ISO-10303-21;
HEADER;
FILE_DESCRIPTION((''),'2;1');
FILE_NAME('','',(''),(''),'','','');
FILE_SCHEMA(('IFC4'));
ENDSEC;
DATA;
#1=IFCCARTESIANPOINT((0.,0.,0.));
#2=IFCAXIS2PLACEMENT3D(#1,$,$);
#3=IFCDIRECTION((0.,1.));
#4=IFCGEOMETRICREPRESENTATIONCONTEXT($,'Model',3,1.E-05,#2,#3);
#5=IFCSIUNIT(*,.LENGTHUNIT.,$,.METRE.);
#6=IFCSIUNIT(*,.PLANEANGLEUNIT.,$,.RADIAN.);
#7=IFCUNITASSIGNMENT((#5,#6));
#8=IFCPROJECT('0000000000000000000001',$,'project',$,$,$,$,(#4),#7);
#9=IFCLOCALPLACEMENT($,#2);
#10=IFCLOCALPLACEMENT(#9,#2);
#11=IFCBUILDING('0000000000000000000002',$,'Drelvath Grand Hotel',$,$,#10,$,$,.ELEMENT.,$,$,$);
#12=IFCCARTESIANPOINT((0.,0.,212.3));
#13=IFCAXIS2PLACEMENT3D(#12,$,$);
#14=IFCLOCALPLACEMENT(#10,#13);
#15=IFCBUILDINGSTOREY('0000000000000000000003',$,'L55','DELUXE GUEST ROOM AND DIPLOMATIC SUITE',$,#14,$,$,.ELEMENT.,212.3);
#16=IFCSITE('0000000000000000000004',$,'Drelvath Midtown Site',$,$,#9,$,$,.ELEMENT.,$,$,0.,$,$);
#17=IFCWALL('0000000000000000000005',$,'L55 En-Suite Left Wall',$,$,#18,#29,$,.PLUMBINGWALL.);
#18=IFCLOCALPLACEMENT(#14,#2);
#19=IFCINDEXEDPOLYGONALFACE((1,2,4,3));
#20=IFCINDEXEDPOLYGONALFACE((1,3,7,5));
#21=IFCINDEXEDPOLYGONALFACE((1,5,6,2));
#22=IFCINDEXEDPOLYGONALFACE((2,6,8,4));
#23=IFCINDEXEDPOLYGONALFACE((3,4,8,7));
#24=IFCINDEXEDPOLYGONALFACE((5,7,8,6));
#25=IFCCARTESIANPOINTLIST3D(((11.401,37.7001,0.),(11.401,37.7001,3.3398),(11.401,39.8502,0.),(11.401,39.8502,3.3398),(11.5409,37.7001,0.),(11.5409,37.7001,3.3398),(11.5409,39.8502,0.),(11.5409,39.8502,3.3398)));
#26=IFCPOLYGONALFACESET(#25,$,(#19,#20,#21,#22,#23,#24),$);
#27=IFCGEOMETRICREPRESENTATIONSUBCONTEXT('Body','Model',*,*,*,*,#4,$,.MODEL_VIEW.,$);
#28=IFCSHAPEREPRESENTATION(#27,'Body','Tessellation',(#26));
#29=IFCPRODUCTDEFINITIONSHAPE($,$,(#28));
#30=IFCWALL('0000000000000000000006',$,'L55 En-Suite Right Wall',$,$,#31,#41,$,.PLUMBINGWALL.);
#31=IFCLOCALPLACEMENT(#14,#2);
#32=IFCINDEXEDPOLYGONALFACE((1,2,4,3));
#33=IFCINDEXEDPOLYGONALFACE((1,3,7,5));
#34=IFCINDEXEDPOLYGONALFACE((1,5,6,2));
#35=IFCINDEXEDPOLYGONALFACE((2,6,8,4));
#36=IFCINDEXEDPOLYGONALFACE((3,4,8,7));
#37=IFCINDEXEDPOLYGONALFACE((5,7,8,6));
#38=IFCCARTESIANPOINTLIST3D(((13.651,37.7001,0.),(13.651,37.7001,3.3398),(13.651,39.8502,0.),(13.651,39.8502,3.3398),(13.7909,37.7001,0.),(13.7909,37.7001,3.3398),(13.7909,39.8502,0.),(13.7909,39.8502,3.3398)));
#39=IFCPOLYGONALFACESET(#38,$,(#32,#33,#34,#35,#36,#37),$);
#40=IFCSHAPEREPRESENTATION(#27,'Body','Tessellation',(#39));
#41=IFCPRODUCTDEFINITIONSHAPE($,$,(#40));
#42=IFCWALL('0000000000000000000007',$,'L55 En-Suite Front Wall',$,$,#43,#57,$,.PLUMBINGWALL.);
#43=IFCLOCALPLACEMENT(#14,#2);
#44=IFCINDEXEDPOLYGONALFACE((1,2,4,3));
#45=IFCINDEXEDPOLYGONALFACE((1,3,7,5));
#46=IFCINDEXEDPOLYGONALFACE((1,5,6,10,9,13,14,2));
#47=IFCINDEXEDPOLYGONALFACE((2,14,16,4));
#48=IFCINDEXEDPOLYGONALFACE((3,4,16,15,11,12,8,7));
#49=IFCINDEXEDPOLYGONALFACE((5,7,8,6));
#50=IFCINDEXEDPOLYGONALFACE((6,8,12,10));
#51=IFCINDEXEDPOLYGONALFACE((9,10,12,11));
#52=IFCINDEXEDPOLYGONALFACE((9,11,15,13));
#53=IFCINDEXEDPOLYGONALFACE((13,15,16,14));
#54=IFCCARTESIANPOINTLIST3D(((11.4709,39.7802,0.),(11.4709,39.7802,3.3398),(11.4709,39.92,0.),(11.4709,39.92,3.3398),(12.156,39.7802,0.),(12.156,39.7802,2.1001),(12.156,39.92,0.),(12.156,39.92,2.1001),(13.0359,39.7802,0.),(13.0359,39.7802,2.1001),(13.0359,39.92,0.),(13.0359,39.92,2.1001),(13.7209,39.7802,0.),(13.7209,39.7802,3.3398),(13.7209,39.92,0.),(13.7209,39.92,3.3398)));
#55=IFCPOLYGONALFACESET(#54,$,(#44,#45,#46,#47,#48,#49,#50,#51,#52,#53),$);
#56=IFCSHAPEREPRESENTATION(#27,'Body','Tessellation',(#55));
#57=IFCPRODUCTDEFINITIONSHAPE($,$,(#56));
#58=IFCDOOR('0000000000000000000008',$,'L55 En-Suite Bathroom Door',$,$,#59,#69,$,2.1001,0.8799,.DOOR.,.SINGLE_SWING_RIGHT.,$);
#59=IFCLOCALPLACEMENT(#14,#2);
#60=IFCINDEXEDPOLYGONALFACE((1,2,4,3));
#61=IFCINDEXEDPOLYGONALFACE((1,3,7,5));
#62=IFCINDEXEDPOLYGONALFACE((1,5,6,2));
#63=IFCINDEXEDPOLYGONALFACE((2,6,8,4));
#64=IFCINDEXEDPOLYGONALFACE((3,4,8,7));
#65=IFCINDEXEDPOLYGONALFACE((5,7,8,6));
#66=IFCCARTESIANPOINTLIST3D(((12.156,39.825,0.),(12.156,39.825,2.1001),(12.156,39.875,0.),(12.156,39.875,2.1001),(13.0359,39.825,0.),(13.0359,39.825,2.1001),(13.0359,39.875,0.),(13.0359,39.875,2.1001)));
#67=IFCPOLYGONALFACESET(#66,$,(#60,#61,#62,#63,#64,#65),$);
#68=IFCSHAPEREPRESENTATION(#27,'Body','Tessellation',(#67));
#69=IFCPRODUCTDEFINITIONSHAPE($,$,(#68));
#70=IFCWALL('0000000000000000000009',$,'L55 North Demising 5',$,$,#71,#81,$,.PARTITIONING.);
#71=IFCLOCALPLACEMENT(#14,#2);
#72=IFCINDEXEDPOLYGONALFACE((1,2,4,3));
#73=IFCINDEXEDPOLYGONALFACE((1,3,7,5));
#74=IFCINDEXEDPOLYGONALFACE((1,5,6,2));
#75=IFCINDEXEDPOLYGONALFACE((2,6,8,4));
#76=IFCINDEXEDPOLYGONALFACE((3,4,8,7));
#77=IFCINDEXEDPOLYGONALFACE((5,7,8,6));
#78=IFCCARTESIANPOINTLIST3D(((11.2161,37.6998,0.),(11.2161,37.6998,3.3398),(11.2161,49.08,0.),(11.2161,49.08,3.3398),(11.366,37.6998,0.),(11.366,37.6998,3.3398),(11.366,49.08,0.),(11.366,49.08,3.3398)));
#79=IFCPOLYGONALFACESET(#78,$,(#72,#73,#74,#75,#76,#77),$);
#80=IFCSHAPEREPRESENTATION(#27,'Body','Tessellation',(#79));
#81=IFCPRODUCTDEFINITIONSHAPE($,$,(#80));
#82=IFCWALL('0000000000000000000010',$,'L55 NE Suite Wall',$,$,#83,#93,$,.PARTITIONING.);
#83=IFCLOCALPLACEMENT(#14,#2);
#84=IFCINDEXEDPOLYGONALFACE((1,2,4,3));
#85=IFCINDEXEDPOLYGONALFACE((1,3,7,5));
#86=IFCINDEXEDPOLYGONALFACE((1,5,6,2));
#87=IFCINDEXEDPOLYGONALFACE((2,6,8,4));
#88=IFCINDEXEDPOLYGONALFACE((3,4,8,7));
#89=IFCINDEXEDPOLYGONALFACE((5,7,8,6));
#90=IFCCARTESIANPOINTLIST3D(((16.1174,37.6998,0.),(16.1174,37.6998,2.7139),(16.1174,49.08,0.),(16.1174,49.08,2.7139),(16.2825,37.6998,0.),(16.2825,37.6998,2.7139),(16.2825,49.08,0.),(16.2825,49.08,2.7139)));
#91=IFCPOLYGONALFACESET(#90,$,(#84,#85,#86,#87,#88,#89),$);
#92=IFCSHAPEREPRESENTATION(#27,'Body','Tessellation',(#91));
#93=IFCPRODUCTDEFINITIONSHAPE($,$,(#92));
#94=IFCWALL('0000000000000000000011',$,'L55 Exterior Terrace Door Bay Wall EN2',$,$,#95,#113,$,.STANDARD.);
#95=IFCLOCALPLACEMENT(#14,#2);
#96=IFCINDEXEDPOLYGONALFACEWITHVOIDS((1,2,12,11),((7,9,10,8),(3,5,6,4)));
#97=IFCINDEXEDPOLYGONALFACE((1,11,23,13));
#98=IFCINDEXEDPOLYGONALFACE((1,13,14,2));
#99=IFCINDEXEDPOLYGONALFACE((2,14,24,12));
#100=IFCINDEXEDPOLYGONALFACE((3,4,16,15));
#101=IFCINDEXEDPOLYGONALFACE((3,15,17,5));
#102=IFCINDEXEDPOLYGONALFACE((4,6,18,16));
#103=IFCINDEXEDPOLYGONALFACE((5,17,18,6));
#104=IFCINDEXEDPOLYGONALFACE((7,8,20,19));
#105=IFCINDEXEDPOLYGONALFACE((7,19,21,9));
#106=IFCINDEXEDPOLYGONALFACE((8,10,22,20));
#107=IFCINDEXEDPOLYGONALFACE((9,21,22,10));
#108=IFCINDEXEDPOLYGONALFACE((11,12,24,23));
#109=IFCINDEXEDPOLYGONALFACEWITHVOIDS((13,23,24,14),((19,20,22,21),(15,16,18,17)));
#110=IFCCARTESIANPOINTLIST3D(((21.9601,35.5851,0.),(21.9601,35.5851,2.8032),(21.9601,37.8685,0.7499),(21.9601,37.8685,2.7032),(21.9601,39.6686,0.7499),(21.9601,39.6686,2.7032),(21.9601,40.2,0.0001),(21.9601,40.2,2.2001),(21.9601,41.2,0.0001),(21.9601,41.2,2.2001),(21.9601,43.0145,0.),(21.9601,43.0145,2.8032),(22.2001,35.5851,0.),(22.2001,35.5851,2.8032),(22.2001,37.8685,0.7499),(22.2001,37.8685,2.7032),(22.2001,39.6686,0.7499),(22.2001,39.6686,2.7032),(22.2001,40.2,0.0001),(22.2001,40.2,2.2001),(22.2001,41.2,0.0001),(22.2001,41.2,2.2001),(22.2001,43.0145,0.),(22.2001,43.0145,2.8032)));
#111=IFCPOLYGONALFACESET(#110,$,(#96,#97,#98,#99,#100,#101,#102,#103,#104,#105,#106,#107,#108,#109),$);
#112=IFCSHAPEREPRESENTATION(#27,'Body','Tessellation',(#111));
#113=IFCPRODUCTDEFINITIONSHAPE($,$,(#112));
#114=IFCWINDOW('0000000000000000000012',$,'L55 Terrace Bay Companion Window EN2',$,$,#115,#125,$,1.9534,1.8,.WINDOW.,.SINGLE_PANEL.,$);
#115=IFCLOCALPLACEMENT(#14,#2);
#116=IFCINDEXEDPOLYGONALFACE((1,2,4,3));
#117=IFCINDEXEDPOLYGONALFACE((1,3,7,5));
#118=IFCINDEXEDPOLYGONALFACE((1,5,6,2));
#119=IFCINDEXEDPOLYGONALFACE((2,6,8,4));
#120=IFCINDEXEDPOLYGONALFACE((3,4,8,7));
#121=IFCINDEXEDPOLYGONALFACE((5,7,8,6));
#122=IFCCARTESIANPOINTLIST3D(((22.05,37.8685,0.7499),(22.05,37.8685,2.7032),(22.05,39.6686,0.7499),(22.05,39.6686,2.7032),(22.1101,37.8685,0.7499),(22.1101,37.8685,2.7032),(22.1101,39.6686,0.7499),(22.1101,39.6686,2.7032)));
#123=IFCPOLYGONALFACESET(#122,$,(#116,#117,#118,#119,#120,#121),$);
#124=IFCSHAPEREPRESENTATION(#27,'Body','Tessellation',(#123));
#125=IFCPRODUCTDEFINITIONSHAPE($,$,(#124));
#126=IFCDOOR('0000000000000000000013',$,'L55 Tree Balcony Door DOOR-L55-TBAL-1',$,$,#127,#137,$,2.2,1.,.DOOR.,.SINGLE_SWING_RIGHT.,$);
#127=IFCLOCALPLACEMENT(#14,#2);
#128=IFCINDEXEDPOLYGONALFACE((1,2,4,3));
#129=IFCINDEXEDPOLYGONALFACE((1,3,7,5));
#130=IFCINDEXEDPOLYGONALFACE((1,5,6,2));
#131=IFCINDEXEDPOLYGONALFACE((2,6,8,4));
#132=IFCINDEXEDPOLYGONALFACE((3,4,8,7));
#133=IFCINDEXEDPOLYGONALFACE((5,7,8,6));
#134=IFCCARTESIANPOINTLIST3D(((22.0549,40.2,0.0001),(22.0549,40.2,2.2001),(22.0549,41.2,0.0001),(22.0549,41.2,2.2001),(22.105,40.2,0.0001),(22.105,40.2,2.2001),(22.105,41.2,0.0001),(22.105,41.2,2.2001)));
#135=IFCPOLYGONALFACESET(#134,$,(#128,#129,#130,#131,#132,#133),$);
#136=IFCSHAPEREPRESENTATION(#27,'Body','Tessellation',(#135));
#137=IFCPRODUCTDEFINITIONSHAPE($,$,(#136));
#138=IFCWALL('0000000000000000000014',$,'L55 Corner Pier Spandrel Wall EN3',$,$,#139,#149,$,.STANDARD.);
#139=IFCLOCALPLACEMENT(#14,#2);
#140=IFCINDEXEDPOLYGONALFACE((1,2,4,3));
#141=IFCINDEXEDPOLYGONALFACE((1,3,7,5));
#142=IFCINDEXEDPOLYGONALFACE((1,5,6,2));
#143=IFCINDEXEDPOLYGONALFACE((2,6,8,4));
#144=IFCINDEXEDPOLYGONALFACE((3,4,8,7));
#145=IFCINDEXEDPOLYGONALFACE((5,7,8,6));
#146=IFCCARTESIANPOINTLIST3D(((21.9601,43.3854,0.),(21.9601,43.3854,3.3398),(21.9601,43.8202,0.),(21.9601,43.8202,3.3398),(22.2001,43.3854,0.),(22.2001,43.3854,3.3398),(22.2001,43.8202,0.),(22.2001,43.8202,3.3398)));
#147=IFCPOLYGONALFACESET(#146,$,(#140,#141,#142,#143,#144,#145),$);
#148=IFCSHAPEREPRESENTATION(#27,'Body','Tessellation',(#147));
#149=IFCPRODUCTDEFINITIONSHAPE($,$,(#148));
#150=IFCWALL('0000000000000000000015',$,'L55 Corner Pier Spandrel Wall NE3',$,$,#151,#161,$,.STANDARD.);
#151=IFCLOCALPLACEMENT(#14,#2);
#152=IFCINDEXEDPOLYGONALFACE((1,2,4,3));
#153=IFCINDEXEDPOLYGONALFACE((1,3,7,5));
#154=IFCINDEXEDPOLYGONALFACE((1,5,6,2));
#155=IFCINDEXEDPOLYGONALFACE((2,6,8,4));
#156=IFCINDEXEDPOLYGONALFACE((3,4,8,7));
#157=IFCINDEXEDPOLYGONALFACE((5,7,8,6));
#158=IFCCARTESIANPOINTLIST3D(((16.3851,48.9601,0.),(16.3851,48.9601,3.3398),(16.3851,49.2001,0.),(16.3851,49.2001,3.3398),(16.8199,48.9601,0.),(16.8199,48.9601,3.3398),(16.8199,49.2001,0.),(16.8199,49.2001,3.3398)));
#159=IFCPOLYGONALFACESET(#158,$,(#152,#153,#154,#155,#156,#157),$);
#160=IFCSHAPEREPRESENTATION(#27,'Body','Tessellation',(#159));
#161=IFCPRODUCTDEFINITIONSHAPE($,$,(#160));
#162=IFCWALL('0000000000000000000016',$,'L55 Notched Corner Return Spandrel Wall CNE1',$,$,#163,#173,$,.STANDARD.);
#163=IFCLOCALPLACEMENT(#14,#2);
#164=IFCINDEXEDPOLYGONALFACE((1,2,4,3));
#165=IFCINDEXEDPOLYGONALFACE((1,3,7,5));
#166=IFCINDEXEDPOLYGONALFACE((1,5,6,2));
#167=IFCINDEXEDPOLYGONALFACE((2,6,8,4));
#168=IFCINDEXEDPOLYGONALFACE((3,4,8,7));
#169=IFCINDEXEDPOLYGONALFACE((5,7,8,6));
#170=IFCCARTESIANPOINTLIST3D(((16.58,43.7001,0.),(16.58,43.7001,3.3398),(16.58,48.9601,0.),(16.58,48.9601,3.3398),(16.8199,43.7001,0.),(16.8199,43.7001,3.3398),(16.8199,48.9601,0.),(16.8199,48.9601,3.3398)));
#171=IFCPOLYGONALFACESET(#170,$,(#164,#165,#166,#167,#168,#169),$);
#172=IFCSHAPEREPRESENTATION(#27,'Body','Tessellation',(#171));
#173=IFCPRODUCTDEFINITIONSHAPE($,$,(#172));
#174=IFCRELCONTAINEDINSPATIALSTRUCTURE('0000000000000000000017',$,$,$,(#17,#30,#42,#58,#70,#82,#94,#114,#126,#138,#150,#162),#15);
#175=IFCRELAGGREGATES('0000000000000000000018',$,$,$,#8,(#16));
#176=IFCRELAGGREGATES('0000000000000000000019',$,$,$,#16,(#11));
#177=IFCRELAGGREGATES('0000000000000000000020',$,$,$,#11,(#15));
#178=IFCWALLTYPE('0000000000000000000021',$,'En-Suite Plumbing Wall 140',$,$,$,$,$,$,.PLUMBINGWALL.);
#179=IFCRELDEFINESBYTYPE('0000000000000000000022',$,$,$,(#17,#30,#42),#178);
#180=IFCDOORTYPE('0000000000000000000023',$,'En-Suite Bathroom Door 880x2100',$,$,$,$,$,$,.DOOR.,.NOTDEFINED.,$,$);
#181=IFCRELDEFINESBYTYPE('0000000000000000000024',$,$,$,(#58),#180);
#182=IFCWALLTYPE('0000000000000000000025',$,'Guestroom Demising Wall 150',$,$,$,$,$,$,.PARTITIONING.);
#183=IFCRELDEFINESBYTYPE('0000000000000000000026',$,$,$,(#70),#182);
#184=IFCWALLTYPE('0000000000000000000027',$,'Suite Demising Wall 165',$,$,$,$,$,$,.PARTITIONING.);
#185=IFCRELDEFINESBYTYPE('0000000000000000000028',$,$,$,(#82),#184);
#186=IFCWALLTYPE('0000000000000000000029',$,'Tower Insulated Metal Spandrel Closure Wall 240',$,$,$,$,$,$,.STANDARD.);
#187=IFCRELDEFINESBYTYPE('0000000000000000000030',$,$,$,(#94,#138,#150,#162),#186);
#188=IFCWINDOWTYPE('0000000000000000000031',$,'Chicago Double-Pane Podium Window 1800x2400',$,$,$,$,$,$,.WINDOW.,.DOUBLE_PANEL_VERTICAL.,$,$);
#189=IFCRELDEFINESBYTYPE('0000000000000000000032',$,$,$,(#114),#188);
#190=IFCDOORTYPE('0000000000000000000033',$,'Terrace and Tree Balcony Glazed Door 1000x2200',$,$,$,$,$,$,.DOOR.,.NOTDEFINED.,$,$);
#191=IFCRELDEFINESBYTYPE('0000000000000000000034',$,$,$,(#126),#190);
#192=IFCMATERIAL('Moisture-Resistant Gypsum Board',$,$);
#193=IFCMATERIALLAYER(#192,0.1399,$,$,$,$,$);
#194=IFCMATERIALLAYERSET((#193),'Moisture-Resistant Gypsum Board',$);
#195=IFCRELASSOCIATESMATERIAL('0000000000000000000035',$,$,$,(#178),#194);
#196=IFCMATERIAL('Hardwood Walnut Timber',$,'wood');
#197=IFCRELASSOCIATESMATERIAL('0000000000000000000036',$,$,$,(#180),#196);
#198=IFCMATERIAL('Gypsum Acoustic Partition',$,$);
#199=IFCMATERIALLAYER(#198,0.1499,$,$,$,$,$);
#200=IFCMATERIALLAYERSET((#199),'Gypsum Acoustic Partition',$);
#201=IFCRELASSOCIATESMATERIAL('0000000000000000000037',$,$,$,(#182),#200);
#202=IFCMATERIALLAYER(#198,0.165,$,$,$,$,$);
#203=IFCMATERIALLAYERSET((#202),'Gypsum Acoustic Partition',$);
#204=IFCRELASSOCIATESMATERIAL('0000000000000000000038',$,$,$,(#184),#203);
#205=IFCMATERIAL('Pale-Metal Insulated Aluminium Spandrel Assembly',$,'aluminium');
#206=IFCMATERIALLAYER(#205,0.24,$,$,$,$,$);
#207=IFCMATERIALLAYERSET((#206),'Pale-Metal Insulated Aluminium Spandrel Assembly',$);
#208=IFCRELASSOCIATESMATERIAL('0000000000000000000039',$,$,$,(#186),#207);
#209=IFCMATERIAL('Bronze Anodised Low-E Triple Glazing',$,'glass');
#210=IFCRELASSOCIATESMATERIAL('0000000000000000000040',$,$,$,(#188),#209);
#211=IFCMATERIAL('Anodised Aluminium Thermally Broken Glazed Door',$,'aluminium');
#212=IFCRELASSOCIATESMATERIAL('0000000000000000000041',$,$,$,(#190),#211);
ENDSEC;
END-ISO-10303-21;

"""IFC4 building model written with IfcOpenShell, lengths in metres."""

from ifc_helpers import new_model, si_unit, direction, frame, frame_2d, origin, place, context, subcontext, project, spatial, rectangle, extrude, material, layer, layer_set, type_object, element, fill, save


model = new_model("IFC4")

# Units and contexts
model_context = context("Model", 3, precision=1e-05, world=origin(), true_north=direction((0.0, 1.0)))
body_context = subcontext(model_context, "Body", "Model", "MODEL_VIEW")
ifc_project = project(units=[si_unit("LENGTHUNIT", "METRE"), si_unit("PLANEANGLEUNIT", "RADIAN")], contexts=[model_context])

# Site, building, storey
site_placement = place(None, origin())
site = spatial("IfcSite", under=ifc_project, at=site_placement, Name="Drelvath Midtown Site", CompositionType="ELEMENT", RefElevation=0.0)
building_placement = place(site_placement, origin())
building = spatial("IfcBuilding", under=site, at=building_placement, Name="Drelvath Grand Hotel", CompositionType="ELEMENT")
storey_placement = place(building_placement, frame((0.0, 0.0, 212.3)))
storey = spatial("IfcBuildingStorey", under=building, at=storey_placement, Name="L55", Description="DELUXE GUEST ROOM AND DIPLOMATIC SUITE", CompositionType="ELEMENT", Elevation=212.3)

# Shared definitions
ifc_material_1 = material(Name="Moisture-Resistant Gypsum Board")
ifc_layer_1 = layer(ifc_material_1, 0.1399)
ifc_layer_set_1 = layer_set([ifc_layer_1], Name="Moisture-Resistant Gypsum Board")
wall_type_1 = type_object("IfcWallType", Name="En-Suite Plumbing Wall 140", PredefinedType="PLUMBINGWALL", material=ifc_layer_set_1)

# Shared definitions
ifc_material_2 = material(Name="Hardwood Walnut Timber", Category="wood")
door_type_1 = type_object("IfcDoorType", Name="En-Suite Bathroom Door 880x2100", OperationType="NOTDEFINED", PredefinedType="DOOR", material=ifc_material_2)

# Walls
for number, where, z_axis, x_axis, name in (
    (1, (11.4709, 37.7, 0.0), (0.0, 0.0, 1.0), (0.0, 1.0, 0.0), "L55 En-Suite Left Wall"),
    (2, (13.7209, 37.7, 0.0), (0.0, 0.0, 1.0), (0.0, 1.0, 0.0), "L55 En-Suite Right Wall"),
):
    element("IfcWall", number, at=place(storey_placement, frame(where, z_axis=z_axis, x_axis=x_axis)), inside=storey, type_object=wall_type_1, Name=name, PredefinedType="PLUMBINGWALL", context=body_context, shape_type="SweptSolid", body=[
        extrude(rectangle(XDim=2.1501, YDim=0.1399, at=frame_2d((1.0752, 0.0))), origin(), (0.0, 0.0, 1.0), 3.3398),
    ])

# Wall, opening, door
wall_1_placement = place(storey_placement, frame((11.4709, 39.8501, 0.0), z_axis=(0.0, 0.0, 1.0), x_axis=(1.0, 0.0, 0.0)))
wall_1 = element("IfcWall", 3, at=wall_1_placement, inside=storey, type_object=wall_type_1, Name="L55 En-Suite Front Wall", PredefinedType="PLUMBINGWALL", context=body_context, shape_type="SweptSolid", body=[
    extrude(rectangle(XDim=2.25, YDim=0.1399, at=frame_2d((1.125, 0.0))), origin(), (0.0, 0.0, 1.0), 3.3398),
])
opening_1_placement = place(wall_1_placement, frame((0.6851, 0.0, 0.0)))
opening_1 = element("IfcOpeningElement", 4, at=opening_1_placement, cuts=wall_1, PredefinedType="OPENING", context=body_context, shape_type="SweptSolid", body=[
    extrude(rectangle(XDim=0.8799, YDim=2.1001, at=frame_2d((0.4399, 1.05))), frame((0.0, 0.0798, 0.0), z_axis=(0.0, -1.0, 0.0), x_axis=(1.0, 0.0, 0.0)), (0.0, 0.0, 1.0), 0.1599),
])
door_1_placement = place(opening_1_placement, origin())
door_1 = element("IfcDoor", 5, at=door_1_placement, inside=storey, type_object=door_type_1, Name="L55 En-Suite Bathroom Door", OperationType="SINGLE_SWING_RIGHT", OverallHeight=2.1001, OverallWidth=0.8799, PredefinedType="DOOR", context=body_context, shape_type="SweptSolid", body=[
    extrude(rectangle(XDim=0.8799, YDim=2.1001, at=frame_2d((0.4399, 1.05))), frame((0.0, 0.0249, 0.0), z_axis=(0.0, -1.0, 0.0), x_axis=(1.0, 0.0, 0.0)), (0.0, 0.0, 1.0), 0.05),
])
fill(opening_1, door_1)

# Walls
ifc_material_3 = material(Name="Gypsum Acoustic Partition")
ifc_layer_2 = layer(ifc_material_3, 0.1499)
ifc_layer_set_2 = layer_set([ifc_layer_2], Name="Gypsum Acoustic Partition")
wall_type_2 = type_object("IfcWallType", Name="Guestroom Demising Wall 150", PredefinedType="PARTITIONING", material=ifc_layer_set_2)
wall_2_placement = place(storey_placement, frame((11.291, 37.7, 0.0), z_axis=(0.0, 0.0, 1.0), x_axis=(0.0, 1.0, 0.0)))
element("IfcWall", 6, at=wall_2_placement, inside=storey, type_object=wall_type_2, Name="L55 North Demising 5", PredefinedType="PARTITIONING", context=body_context, shape_type="SweptSolid", body=[
    extrude(rectangle(XDim=11.3801, YDim=0.1499, at=frame_2d((5.6899, 0.0))), origin(), (0.0, 0.0, 1.0), 3.3398),
])
ifc_layer_3 = layer(ifc_material_3, 0.165)
ifc_layer_set_3 = layer_set([ifc_layer_3], Name="Gypsum Acoustic Partition")
wall_type_3 = type_object("IfcWallType", Name="Suite Demising Wall 165", PredefinedType="PARTITIONING", material=ifc_layer_set_3)
wall_3_placement = place(storey_placement, frame((16.2, 37.7, 0.0), z_axis=(0.0, 0.0, 1.0), x_axis=(0.0, 1.0, 0.0)))
element("IfcWall", 7, at=wall_3_placement, inside=storey, type_object=wall_type_3, Name="L55 NE Suite Wall", PredefinedType="PARTITIONING", context=body_context, shape_type="SweptSolid", body=[
    extrude(rectangle(XDim=11.3801, YDim=0.165, at=frame_2d((5.6899, 0.0))), origin(), (0.0, 0.0, 1.0), 2.7139),
])

# Wall, openings, window, door
ifc_material_4 = material(Name="Pale-Metal Insulated Aluminium Spandrel Assembly", Category="aluminium")
ifc_layer_4 = layer(ifc_material_4, 0.24)
ifc_layer_set_4 = layer_set([ifc_layer_4], Name="Pale-Metal Insulated Aluminium Spandrel Assembly")
wall_type_4 = type_object("IfcWallType", Name="Tower Insulated Metal Spandrel Closure Wall 240", PredefinedType="STANDARD", material=ifc_layer_set_4)
wall_4_placement = place(storey_placement, frame((22.0801, 43.0146, 0.0), z_axis=(0.0, 0.0, 1.0), x_axis=(0.0, -1.0, 0.0)))
wall_4 = element("IfcWall", 8, at=wall_4_placement, inside=storey, type_object=wall_type_4, Name="L55 Exterior Terrace Door Bay Wall EN2", PredefinedType="STANDARD", context=body_context, shape_type="SweptSolid", body=[
    extrude(rectangle(XDim=7.4294, YDim=0.24, at=frame_2d((3.7148, 0.0))), origin(), (0.0, 0.0, 1.0), 2.8032),
])
opening_2_placement = place(wall_4_placement, frame((1.8147, 0.0, 0.0)))
opening_2 = element("IfcOpeningElement", 9, at=opening_2_placement, cuts=wall_4, PredefinedType="OPENING", context=body_context, shape_type="SweptSolid", body=[
    extrude(rectangle(XDim=1.0, YDim=2.2, at=frame_2d((0.5, 1.1001))), frame((0.0, 0.1299, 0.0), z_axis=(0.0, -1.0, 0.0), x_axis=(1.0, 0.0, 0.0)), (0.0, 0.0, 1.0), 0.26),
])
opening_3_placement = place(wall_4_placement, frame((3.3462, 0.0, 0.75)))
opening_3 = element("IfcOpeningElement", 10, at=opening_3_placement, cuts=wall_4, PredefinedType="OPENING", context=body_context, shape_type="SweptSolid", body=[
    extrude(rectangle(XDim=1.8, YDim=1.9534, at=frame_2d((0.8999, 0.9766))), frame((0.0, 0.1299, 0.0), z_axis=(0.0, -1.0, 0.0), x_axis=(1.0, 0.0, 0.0)), (0.0, 0.0, 1.0), 0.26),
])
ifc_material_5 = material(Name="Bronze Anodised Low-E Triple Glazing", Category="glass")
window_type = type_object("IfcWindowType", Name="Chicago Double-Pane Podium Window 1800x2400", PartitioningType="DOUBLE_PANEL_VERTICAL", PredefinedType="WINDOW", material=ifc_material_5)
window_placement = place(opening_3_placement, origin())
window = element("IfcWindow", 11, at=window_placement, inside=storey, type_object=window_type, Name="L55 Terrace Bay Companion Window EN2", OverallHeight=1.9534, OverallWidth=1.8, PartitioningType="SINGLE_PANEL", PredefinedType="WINDOW", context=body_context, shape_type="SweptSolid", body=[
    extrude(rectangle(XDim=1.8, YDim=1.9534, at=frame_2d((0.8999, 0.9766))), frame((0.0, 0.03, 0.0), z_axis=(0.0, -1.0, 0.0), x_axis=(1.0, 0.0, 0.0)), (0.0, 0.0, 1.0), 0.0601),
])
fill(opening_3, window)
ifc_material_6 = material(Name="Anodised Aluminium Thermally Broken Glazed Door", Category="aluminium")
door_type_2 = type_object("IfcDoorType", Name="Terrace and Tree Balcony Glazed Door 1000x2200", OperationType="NOTDEFINED", PredefinedType="DOOR", material=ifc_material_6)
door_2_placement = place(opening_2_placement, origin())
door_2 = element("IfcDoor", 12, at=door_2_placement, inside=storey, type_object=door_type_2, Name="L55 Tree Balcony Door DOOR-L55-TBAL-1", OperationType="SINGLE_SWING_RIGHT", OverallHeight=2.2, OverallWidth=1.0, PredefinedType="DOOR", context=body_context, shape_type="SweptSolid", body=[
    extrude(rectangle(XDim=1.0, YDim=2.2, at=frame_2d((0.5, 1.1001))), frame((0.0, 0.0249, 0.0), z_axis=(0.0, -1.0, 0.0), x_axis=(1.0, 0.0, 0.0)), (0.0, 0.0, 1.0), 0.05),
])
fill(opening_2, door_2)

# Walls
for number, where, z_axis, x_axis, name in (
    (13, (22.0801, 43.8201, 0.0), (0.0, 0.0, 1.0), (0.0, -1.0, 0.0), "L55 Corner Pier Spandrel Wall EN3"),
    (14, (16.3853, 49.0801, 0.0), (0.0, 0.0, 1.0), (1.0, 0.0, 0.0), "L55 Corner Pier Spandrel Wall NE3"),
):
    element("IfcWall", number, at=place(storey_placement, frame(where, z_axis=z_axis, x_axis=x_axis)), inside=storey, type_object=wall_type_4, Name=name, PredefinedType="STANDARD", context=body_context, shape_type="SweptSolid", body=[
        extrude(rectangle(XDim=0.4348, YDim=0.24, at=frame_2d((0.2173, 0.0))), origin(), (0.0, 0.0, 1.0), 3.3398),
    ])
for number, where, z_axis, x_axis, name in (
    (15, (16.7, 48.96, 0.0), (0.0, 0.0, 1.0), (0.0, -1.0, 0.0), "L55 Notched Corner Return Spandrel Wall CNE1"),
):
    element("IfcWall", number, at=place(storey_placement, frame(where, z_axis=z_axis, x_axis=x_axis)), inside=storey, type_object=wall_type_4, Name=name, PredefinedType="STANDARD", context=body_context, shape_type="SweptSolid", body=[
        extrude(rectangle(XDim=5.26, YDim=0.24, at=frame_2d((2.6299, 0.0))), origin(), (0.0, 0.0, 1.0), 3.3398),
    ])

save(model, "model.ifc")
